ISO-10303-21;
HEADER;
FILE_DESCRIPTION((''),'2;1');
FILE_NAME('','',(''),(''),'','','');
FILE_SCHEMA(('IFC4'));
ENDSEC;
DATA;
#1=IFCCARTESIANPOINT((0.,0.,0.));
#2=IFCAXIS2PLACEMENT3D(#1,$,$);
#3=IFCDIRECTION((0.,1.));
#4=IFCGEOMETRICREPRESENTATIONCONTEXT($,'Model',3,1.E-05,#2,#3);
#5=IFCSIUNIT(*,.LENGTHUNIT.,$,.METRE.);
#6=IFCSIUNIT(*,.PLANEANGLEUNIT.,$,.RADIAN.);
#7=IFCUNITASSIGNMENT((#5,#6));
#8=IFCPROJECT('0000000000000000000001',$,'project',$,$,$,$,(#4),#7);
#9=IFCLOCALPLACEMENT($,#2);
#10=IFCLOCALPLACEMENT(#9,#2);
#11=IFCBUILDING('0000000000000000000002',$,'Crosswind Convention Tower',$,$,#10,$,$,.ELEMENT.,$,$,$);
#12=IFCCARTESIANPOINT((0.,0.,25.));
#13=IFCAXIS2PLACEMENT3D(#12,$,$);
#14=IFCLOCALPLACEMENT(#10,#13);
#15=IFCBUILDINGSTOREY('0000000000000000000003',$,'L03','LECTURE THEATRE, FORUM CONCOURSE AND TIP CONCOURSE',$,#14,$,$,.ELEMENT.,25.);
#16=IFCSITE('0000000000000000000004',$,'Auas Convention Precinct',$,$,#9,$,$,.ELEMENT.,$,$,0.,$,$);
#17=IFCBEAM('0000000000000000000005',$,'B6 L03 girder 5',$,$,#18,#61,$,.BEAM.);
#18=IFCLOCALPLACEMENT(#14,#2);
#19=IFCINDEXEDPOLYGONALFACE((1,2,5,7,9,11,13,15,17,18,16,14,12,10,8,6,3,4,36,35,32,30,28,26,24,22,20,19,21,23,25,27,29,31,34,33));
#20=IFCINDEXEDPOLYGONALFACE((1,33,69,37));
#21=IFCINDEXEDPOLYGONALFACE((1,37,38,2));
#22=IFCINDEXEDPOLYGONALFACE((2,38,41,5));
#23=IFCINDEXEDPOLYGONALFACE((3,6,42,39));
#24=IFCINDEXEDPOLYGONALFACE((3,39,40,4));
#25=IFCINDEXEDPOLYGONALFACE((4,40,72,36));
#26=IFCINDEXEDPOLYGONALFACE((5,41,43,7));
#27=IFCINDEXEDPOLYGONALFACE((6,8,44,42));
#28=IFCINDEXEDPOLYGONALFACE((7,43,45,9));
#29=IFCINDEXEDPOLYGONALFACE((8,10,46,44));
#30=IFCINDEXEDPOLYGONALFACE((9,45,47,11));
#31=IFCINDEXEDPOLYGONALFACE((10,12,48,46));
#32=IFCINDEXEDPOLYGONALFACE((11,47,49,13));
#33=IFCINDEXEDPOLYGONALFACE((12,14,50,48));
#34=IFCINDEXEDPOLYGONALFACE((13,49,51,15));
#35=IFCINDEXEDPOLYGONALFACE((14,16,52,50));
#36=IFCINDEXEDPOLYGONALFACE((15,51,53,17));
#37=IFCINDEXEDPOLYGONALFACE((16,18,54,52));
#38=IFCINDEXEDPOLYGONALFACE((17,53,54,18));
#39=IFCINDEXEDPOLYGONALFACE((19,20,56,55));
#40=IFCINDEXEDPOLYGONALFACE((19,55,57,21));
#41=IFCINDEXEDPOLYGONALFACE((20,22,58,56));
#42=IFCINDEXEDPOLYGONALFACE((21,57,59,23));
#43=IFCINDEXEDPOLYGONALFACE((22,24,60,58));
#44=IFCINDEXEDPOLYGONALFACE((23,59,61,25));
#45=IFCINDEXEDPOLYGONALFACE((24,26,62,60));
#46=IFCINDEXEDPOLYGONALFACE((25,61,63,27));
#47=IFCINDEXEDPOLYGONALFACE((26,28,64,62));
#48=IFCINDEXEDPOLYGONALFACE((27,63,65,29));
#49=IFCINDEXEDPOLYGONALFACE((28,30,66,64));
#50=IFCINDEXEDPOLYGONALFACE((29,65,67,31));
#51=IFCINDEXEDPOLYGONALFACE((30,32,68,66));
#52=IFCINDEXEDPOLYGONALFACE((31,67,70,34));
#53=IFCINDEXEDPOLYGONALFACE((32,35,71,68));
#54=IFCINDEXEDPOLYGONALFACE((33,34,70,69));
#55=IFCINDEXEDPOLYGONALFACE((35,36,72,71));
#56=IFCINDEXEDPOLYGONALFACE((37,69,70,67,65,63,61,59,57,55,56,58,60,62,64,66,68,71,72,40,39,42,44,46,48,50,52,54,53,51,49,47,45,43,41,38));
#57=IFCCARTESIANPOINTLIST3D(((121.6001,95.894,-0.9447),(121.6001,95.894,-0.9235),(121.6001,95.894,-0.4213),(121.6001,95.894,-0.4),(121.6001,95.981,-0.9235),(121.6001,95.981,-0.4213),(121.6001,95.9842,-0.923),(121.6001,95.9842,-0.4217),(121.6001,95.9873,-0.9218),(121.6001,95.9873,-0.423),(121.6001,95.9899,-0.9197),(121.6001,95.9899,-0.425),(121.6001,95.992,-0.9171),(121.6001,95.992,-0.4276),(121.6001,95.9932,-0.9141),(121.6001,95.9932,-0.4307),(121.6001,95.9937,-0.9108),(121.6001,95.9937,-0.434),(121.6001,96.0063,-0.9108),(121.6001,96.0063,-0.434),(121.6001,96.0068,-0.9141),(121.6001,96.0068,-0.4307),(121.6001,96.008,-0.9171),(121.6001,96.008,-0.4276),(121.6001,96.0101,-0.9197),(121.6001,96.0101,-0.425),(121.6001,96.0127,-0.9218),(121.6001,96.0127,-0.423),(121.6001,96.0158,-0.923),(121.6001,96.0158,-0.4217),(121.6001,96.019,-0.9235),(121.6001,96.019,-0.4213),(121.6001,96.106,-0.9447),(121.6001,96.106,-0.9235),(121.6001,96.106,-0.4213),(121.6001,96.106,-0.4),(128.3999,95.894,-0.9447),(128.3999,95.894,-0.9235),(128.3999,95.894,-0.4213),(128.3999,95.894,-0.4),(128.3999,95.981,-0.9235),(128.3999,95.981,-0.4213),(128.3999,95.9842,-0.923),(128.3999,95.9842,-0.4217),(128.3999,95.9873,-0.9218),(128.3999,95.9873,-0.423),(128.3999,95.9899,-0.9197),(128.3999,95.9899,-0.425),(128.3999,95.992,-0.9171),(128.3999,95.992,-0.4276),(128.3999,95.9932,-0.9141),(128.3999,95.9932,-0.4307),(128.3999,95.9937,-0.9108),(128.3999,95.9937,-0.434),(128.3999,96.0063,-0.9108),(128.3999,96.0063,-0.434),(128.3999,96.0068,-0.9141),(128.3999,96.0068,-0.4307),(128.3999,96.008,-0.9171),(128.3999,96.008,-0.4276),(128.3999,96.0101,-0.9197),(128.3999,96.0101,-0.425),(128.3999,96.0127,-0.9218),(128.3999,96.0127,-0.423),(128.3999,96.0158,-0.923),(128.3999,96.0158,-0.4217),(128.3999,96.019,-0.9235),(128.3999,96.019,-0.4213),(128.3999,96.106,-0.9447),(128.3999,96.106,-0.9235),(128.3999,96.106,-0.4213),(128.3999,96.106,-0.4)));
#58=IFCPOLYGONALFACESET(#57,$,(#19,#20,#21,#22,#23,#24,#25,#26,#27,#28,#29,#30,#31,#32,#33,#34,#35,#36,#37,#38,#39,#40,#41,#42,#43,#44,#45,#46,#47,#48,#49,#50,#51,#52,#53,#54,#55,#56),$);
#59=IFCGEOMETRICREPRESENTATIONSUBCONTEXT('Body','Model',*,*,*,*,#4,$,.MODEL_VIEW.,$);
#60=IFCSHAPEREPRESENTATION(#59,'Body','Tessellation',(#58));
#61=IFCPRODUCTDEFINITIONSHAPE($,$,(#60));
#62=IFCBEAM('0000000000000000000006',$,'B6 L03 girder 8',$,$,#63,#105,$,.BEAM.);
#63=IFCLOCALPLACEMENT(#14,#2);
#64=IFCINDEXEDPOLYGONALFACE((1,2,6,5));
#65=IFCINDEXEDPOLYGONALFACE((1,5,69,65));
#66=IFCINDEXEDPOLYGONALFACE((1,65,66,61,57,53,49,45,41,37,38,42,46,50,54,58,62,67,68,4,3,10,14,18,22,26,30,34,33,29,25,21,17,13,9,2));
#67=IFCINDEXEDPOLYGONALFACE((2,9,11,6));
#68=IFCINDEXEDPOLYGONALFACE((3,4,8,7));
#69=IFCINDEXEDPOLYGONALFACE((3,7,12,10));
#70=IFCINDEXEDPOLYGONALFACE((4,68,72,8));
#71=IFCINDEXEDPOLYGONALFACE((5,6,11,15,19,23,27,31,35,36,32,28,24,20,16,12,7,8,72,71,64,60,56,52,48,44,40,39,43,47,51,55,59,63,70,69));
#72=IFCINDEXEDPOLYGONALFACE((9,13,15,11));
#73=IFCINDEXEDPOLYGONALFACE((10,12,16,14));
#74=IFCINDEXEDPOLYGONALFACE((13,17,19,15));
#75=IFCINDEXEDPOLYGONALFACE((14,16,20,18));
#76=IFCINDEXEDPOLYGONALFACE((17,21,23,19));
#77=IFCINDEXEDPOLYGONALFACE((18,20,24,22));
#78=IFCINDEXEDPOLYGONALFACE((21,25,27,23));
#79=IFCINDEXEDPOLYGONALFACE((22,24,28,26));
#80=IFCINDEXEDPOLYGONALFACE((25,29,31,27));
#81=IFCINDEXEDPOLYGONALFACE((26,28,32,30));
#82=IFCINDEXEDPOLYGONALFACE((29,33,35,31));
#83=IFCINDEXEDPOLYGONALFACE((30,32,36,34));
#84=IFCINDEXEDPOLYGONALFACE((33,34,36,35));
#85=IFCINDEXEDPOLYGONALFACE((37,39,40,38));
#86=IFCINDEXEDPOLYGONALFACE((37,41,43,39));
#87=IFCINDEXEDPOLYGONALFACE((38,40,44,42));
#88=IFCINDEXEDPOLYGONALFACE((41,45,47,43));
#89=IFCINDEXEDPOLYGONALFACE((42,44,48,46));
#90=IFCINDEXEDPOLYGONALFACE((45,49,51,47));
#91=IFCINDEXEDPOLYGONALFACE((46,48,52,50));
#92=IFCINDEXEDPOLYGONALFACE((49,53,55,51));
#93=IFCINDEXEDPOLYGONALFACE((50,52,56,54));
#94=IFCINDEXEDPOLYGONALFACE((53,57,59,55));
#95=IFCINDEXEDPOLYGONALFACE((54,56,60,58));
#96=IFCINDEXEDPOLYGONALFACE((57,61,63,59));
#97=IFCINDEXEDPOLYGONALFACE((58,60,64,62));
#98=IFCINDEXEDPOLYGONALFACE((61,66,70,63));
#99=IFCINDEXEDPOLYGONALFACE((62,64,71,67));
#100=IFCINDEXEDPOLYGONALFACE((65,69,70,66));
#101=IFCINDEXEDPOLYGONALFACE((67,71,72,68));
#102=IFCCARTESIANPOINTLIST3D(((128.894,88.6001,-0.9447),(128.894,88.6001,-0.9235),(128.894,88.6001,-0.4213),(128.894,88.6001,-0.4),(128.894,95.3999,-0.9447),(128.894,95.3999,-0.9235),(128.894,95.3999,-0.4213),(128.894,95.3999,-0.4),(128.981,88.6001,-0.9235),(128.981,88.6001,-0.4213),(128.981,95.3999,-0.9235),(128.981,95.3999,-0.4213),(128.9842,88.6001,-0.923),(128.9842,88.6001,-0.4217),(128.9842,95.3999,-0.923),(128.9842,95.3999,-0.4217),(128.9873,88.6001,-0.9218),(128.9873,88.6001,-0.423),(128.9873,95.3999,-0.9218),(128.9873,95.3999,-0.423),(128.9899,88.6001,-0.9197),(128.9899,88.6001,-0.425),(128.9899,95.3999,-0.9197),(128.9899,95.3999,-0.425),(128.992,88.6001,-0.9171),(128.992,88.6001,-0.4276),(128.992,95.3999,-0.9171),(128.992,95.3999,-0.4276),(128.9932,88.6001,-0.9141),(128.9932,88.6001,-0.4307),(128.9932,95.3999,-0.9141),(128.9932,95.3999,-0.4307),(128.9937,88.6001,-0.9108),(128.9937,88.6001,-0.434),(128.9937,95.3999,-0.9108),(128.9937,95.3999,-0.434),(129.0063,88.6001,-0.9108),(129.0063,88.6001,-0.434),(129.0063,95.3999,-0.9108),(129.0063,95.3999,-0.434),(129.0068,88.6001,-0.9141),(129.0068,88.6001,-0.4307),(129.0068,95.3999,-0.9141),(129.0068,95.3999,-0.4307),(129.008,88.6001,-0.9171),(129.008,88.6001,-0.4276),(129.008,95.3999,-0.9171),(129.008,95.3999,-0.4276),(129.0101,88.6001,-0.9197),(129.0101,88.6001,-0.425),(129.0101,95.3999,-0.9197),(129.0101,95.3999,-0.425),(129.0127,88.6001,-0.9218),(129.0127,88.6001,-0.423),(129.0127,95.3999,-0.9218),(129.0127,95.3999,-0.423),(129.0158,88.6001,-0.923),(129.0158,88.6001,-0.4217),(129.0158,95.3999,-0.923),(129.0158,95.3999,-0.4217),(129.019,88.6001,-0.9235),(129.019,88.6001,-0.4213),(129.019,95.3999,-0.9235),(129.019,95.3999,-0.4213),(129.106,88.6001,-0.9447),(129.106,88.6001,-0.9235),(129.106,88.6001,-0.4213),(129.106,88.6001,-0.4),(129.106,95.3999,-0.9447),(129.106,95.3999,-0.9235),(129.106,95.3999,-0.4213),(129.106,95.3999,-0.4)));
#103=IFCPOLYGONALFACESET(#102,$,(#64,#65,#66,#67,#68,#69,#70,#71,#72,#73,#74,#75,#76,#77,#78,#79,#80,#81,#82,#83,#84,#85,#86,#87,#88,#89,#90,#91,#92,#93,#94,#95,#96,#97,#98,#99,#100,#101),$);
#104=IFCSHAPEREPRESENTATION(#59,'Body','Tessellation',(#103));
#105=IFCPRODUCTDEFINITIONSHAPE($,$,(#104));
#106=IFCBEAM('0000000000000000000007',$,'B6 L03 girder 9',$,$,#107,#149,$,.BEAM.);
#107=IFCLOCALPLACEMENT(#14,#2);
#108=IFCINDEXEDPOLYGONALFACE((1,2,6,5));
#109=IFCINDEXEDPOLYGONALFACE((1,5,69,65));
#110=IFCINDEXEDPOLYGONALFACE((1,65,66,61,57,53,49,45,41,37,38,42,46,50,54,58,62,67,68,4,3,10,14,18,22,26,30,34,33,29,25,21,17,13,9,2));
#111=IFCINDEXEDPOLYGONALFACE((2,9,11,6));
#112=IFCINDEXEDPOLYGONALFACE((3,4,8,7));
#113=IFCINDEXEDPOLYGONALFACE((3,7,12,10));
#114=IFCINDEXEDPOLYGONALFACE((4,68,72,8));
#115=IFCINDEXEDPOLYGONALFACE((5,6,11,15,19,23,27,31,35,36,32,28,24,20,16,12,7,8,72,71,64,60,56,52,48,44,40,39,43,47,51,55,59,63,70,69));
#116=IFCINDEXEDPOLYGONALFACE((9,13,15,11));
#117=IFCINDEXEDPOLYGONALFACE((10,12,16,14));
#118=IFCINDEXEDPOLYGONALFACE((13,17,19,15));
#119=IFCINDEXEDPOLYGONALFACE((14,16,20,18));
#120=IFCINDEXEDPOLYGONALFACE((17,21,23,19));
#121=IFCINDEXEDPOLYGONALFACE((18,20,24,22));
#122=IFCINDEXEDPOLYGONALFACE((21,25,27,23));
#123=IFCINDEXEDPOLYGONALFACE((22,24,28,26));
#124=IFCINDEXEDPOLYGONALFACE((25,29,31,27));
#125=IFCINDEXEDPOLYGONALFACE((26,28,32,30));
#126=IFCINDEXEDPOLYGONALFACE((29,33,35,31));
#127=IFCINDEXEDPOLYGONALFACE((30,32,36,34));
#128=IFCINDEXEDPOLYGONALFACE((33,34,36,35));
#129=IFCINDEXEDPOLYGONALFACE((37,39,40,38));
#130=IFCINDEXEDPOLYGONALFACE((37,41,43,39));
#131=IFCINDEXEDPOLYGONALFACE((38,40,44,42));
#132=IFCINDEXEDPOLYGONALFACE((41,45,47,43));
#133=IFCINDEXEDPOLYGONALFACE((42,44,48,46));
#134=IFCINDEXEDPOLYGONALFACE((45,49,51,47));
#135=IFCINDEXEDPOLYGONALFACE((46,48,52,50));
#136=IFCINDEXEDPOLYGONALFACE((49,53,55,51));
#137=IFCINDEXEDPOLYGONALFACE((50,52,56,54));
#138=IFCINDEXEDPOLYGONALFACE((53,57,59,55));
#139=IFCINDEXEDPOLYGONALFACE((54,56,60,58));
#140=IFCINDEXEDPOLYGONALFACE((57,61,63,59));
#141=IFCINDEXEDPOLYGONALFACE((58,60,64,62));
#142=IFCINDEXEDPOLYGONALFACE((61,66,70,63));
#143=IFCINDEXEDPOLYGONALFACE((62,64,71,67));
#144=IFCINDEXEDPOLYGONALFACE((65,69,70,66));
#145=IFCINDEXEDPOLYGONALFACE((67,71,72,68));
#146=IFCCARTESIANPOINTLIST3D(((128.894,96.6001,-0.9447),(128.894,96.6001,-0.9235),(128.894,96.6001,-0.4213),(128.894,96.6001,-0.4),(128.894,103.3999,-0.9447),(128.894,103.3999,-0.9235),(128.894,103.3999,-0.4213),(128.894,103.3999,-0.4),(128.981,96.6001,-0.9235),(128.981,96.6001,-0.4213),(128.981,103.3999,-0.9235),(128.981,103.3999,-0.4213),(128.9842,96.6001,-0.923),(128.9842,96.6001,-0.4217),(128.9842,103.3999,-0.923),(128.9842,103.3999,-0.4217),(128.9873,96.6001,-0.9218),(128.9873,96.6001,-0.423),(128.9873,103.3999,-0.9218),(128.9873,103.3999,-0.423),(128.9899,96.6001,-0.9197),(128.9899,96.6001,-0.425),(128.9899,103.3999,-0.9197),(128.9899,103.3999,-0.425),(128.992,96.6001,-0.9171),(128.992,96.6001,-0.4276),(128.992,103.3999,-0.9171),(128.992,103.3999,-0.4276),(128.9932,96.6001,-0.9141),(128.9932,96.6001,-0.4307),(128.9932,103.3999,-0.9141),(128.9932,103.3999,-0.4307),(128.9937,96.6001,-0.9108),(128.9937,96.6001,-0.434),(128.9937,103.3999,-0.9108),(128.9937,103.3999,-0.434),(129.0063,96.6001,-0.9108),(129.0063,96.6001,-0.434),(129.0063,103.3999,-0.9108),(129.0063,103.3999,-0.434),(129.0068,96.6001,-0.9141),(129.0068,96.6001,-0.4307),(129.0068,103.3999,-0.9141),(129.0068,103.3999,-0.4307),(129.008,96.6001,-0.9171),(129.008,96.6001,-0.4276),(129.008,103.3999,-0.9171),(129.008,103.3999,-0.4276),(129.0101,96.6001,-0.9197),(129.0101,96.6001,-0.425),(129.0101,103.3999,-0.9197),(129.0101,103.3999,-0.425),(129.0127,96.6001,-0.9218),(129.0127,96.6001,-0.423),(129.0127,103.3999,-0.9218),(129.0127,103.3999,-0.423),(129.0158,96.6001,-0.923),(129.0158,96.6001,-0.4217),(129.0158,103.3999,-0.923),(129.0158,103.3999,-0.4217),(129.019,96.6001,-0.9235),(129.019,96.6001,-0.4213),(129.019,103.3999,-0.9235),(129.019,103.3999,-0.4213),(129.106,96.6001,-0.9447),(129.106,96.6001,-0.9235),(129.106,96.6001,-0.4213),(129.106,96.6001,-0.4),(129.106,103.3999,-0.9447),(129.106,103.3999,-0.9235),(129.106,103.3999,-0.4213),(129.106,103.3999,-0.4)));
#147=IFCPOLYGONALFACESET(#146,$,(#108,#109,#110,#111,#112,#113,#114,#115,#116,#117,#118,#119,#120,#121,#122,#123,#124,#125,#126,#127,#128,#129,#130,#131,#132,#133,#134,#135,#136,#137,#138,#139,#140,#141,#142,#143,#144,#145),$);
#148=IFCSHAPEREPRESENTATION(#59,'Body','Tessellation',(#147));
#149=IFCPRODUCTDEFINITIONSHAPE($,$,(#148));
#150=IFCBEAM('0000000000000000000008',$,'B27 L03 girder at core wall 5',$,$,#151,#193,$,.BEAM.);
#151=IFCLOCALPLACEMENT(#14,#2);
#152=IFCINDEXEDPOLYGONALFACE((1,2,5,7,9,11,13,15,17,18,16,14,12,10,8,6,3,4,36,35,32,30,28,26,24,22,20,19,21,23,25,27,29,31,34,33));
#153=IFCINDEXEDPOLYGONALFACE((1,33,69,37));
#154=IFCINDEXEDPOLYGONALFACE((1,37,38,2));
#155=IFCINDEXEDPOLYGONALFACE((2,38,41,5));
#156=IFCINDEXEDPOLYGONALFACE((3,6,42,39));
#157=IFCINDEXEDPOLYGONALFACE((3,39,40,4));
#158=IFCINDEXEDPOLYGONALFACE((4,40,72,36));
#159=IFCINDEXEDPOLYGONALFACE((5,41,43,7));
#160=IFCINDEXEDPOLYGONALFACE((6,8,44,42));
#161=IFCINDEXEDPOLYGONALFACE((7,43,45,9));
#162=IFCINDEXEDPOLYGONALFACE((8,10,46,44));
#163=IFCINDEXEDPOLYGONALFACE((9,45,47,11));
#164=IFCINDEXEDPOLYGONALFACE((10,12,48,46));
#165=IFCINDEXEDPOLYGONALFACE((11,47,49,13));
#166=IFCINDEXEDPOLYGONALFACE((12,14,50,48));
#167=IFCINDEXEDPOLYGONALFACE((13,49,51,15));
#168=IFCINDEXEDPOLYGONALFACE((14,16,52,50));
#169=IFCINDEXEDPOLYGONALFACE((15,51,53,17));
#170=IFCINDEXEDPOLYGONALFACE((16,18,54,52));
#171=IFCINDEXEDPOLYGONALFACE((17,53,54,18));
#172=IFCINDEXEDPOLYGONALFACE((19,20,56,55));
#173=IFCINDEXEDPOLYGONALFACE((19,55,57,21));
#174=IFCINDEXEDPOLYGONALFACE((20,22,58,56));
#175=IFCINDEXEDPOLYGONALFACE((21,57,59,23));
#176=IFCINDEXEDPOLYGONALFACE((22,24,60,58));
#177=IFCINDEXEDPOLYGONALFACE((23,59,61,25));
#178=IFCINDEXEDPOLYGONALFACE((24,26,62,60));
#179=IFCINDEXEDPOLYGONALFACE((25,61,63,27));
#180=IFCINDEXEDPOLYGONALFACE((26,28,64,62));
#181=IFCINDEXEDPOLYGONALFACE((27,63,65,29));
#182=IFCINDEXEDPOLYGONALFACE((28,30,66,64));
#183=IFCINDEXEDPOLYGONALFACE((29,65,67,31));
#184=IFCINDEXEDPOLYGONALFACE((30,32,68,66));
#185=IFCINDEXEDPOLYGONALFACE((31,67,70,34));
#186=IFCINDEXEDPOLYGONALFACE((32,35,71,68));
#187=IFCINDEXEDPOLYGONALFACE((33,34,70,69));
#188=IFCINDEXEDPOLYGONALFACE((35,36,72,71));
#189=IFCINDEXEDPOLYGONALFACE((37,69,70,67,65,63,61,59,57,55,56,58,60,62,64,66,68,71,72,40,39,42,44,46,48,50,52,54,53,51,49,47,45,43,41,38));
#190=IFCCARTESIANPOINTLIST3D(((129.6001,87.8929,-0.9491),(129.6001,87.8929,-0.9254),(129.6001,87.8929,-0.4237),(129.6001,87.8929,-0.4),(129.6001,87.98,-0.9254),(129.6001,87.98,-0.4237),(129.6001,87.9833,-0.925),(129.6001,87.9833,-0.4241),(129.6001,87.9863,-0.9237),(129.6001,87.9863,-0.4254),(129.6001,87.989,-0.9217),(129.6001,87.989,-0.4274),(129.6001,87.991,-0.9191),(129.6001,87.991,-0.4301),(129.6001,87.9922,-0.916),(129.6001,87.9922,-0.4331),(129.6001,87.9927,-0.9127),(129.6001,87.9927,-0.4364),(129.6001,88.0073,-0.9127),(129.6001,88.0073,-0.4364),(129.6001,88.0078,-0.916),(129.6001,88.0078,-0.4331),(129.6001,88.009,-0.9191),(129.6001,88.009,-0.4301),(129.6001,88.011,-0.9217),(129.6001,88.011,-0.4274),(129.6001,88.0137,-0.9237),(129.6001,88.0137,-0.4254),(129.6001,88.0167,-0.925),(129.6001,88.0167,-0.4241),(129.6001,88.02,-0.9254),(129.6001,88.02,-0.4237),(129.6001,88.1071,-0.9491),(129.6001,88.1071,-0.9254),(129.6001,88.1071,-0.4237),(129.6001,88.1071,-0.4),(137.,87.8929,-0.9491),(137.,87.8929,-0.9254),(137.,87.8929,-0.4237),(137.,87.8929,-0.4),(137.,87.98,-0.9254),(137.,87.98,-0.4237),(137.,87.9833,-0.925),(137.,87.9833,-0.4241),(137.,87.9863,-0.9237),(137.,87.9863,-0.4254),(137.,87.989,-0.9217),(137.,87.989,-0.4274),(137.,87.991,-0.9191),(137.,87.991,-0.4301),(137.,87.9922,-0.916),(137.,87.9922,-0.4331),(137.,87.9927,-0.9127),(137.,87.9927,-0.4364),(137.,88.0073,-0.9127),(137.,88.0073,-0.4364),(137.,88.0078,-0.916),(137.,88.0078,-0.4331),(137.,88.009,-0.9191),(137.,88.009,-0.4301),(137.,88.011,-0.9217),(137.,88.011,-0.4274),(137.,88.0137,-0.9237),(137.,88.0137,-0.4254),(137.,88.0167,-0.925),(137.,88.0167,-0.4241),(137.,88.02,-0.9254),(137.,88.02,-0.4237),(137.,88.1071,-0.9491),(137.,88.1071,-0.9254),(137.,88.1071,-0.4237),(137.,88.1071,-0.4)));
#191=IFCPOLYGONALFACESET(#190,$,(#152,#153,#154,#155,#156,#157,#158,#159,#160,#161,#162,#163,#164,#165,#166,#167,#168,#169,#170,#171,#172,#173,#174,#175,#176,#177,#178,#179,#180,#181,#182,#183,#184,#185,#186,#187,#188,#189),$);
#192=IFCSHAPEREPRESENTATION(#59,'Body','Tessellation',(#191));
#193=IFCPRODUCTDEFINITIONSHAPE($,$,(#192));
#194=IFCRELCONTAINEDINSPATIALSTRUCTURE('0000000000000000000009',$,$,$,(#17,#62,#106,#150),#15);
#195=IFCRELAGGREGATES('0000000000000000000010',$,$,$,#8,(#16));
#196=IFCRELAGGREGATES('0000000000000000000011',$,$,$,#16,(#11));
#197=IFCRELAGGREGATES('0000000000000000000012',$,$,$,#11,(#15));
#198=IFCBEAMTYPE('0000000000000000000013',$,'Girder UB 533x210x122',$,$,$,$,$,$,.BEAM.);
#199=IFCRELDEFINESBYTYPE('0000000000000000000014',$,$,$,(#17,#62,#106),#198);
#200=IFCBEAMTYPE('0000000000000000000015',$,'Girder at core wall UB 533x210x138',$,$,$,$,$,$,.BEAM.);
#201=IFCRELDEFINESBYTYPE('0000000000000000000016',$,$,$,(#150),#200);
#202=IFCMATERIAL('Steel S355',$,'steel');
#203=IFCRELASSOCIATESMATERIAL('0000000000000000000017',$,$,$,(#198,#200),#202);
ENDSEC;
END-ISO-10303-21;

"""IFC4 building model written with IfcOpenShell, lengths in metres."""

from ifc_helpers import new_model, si_unit, direction, frame, origin, origin_2d, place, context, subcontext, project, spatial, i_section, extrude, material, material_profile, profile_set, type_object, element, save


model = new_model("IFC4")

# Units and contexts
model_context = context("Model", 3, precision=1e-05, world=origin(), true_north=direction((0.0, 1.0)))
body_context = subcontext(model_context, "Body", "Model", "MODEL_VIEW")
ifc_project = project(units=[si_unit("LENGTHUNIT", "METRE"), si_unit("PLANEANGLEUNIT", "RADIAN")], contexts=[model_context])

# Site, building, storey
site_placement = place(None, origin())
site = spatial("IfcSite", under=ifc_project, at=site_placement, Name="Auas Convention Precinct", CompositionType="ELEMENT", RefElevation=0.0)
building_placement = place(site_placement, origin())
building = spatial("IfcBuilding", under=site, at=building_placement, Name="Crosswind Convention Tower", CompositionType="ELEMENT")
storey_placement = place(building_placement, frame((0.0, 0.0, 25.0)))
storey = spatial("IfcBuildingStorey", under=building, at=storey_placement, Name="L03", Description="LECTURE THEATRE, FORUM CONCOURSE AND TIP CONCOURSE", CompositionType="ELEMENT", Elevation=25.0)

# Beams
ifc_material_1 = material(Name="Steel S355", Category="steel")
ifc_material_profile_1 = material_profile(ifc_material_1, i_section(OverallWidth=0.2119, OverallDepth=0.5447, WebThickness=0.0127, FlangeThickness=0.0212, FilletRadius=0.0127, at=origin_2d()), Name="UB 533x210x122")
ifc_profile_set_1 = profile_set([ifc_material_profile_1], Name="Steel S355")
beam_type_1 = type_object("IfcBeamType", Name="Girder UB 533x210x122", PredefinedType="BEAM", material=ifc_profile_set_1)
for number, where, z_axis, x_axis, name in (
    (1, (121.6001, 96.0, -0.6724), (1.0, 0.0, 0.0), (0.0, 1.0, 0.0), "B6 L03 girder 5"),
    (2, (129.0, 88.6001, -0.6724), (0.0, 1.0, 0.0), (-1.0, 0.0, 0.0), "B6 L03 girder 8"),
    (3, (129.0, 96.6001, -0.6724), (0.0, 1.0, 0.0), (-1.0, 0.0, 0.0), "B6 L03 girder 9"),
):
    element("IfcBeam", number, at=place(storey_placement, frame(where, z_axis=z_axis, x_axis=x_axis)), inside=storey, type_object=beam_type_1, Name=name, PredefinedType="BEAM", context=body_context, shape_type="SweptSolid", body=[
        extrude(i_section(OverallWidth=0.2119, OverallDepth=0.5447, WebThickness=0.0127, FlangeThickness=0.0212, FilletRadius=0.0127, at=origin_2d()), origin(), (0.0, 0.0, 1.0), 6.7998),
    ])
ifc_material_profile_2 = material_profile(ifc_material_1, i_section(OverallWidth=0.2141, OverallDepth=0.5491, WebThickness=0.0146, FlangeThickness=0.0237, FilletRadius=0.0127, at=origin_2d()), Name="UB 533x210x138")
ifc_profile_set_2 = profile_set([ifc_material_profile_2], Name="Steel S355")
beam_type_2 = type_object("IfcBeamType", Name="Girder at core wall UB 533x210x138", PredefinedType="BEAM", material=ifc_profile_set_2)
for number, where, z_axis, x_axis, name in (
    (4, (129.6001, 88.0, -0.6746), (1.0, 0.0, 0.0), (0.0, 1.0, 0.0), "B27 L03 girder at core wall 5"),
):
    element("IfcBeam", number, at=place(storey_placement, frame(where, z_axis=z_axis, x_axis=x_axis)), inside=storey, type_object=beam_type_2, Name=name, PredefinedType="BEAM", context=body_context, shape_type="SweptSolid", body=[
        extrude(i_section(OverallWidth=0.2141, OverallDepth=0.5491, WebThickness=0.0146, FlangeThickness=0.0237, FilletRadius=0.0127, at=origin_2d()), origin(), (0.0, 0.0, 1.0), 7.3999),
    ])

save(model, "model.ifc")
